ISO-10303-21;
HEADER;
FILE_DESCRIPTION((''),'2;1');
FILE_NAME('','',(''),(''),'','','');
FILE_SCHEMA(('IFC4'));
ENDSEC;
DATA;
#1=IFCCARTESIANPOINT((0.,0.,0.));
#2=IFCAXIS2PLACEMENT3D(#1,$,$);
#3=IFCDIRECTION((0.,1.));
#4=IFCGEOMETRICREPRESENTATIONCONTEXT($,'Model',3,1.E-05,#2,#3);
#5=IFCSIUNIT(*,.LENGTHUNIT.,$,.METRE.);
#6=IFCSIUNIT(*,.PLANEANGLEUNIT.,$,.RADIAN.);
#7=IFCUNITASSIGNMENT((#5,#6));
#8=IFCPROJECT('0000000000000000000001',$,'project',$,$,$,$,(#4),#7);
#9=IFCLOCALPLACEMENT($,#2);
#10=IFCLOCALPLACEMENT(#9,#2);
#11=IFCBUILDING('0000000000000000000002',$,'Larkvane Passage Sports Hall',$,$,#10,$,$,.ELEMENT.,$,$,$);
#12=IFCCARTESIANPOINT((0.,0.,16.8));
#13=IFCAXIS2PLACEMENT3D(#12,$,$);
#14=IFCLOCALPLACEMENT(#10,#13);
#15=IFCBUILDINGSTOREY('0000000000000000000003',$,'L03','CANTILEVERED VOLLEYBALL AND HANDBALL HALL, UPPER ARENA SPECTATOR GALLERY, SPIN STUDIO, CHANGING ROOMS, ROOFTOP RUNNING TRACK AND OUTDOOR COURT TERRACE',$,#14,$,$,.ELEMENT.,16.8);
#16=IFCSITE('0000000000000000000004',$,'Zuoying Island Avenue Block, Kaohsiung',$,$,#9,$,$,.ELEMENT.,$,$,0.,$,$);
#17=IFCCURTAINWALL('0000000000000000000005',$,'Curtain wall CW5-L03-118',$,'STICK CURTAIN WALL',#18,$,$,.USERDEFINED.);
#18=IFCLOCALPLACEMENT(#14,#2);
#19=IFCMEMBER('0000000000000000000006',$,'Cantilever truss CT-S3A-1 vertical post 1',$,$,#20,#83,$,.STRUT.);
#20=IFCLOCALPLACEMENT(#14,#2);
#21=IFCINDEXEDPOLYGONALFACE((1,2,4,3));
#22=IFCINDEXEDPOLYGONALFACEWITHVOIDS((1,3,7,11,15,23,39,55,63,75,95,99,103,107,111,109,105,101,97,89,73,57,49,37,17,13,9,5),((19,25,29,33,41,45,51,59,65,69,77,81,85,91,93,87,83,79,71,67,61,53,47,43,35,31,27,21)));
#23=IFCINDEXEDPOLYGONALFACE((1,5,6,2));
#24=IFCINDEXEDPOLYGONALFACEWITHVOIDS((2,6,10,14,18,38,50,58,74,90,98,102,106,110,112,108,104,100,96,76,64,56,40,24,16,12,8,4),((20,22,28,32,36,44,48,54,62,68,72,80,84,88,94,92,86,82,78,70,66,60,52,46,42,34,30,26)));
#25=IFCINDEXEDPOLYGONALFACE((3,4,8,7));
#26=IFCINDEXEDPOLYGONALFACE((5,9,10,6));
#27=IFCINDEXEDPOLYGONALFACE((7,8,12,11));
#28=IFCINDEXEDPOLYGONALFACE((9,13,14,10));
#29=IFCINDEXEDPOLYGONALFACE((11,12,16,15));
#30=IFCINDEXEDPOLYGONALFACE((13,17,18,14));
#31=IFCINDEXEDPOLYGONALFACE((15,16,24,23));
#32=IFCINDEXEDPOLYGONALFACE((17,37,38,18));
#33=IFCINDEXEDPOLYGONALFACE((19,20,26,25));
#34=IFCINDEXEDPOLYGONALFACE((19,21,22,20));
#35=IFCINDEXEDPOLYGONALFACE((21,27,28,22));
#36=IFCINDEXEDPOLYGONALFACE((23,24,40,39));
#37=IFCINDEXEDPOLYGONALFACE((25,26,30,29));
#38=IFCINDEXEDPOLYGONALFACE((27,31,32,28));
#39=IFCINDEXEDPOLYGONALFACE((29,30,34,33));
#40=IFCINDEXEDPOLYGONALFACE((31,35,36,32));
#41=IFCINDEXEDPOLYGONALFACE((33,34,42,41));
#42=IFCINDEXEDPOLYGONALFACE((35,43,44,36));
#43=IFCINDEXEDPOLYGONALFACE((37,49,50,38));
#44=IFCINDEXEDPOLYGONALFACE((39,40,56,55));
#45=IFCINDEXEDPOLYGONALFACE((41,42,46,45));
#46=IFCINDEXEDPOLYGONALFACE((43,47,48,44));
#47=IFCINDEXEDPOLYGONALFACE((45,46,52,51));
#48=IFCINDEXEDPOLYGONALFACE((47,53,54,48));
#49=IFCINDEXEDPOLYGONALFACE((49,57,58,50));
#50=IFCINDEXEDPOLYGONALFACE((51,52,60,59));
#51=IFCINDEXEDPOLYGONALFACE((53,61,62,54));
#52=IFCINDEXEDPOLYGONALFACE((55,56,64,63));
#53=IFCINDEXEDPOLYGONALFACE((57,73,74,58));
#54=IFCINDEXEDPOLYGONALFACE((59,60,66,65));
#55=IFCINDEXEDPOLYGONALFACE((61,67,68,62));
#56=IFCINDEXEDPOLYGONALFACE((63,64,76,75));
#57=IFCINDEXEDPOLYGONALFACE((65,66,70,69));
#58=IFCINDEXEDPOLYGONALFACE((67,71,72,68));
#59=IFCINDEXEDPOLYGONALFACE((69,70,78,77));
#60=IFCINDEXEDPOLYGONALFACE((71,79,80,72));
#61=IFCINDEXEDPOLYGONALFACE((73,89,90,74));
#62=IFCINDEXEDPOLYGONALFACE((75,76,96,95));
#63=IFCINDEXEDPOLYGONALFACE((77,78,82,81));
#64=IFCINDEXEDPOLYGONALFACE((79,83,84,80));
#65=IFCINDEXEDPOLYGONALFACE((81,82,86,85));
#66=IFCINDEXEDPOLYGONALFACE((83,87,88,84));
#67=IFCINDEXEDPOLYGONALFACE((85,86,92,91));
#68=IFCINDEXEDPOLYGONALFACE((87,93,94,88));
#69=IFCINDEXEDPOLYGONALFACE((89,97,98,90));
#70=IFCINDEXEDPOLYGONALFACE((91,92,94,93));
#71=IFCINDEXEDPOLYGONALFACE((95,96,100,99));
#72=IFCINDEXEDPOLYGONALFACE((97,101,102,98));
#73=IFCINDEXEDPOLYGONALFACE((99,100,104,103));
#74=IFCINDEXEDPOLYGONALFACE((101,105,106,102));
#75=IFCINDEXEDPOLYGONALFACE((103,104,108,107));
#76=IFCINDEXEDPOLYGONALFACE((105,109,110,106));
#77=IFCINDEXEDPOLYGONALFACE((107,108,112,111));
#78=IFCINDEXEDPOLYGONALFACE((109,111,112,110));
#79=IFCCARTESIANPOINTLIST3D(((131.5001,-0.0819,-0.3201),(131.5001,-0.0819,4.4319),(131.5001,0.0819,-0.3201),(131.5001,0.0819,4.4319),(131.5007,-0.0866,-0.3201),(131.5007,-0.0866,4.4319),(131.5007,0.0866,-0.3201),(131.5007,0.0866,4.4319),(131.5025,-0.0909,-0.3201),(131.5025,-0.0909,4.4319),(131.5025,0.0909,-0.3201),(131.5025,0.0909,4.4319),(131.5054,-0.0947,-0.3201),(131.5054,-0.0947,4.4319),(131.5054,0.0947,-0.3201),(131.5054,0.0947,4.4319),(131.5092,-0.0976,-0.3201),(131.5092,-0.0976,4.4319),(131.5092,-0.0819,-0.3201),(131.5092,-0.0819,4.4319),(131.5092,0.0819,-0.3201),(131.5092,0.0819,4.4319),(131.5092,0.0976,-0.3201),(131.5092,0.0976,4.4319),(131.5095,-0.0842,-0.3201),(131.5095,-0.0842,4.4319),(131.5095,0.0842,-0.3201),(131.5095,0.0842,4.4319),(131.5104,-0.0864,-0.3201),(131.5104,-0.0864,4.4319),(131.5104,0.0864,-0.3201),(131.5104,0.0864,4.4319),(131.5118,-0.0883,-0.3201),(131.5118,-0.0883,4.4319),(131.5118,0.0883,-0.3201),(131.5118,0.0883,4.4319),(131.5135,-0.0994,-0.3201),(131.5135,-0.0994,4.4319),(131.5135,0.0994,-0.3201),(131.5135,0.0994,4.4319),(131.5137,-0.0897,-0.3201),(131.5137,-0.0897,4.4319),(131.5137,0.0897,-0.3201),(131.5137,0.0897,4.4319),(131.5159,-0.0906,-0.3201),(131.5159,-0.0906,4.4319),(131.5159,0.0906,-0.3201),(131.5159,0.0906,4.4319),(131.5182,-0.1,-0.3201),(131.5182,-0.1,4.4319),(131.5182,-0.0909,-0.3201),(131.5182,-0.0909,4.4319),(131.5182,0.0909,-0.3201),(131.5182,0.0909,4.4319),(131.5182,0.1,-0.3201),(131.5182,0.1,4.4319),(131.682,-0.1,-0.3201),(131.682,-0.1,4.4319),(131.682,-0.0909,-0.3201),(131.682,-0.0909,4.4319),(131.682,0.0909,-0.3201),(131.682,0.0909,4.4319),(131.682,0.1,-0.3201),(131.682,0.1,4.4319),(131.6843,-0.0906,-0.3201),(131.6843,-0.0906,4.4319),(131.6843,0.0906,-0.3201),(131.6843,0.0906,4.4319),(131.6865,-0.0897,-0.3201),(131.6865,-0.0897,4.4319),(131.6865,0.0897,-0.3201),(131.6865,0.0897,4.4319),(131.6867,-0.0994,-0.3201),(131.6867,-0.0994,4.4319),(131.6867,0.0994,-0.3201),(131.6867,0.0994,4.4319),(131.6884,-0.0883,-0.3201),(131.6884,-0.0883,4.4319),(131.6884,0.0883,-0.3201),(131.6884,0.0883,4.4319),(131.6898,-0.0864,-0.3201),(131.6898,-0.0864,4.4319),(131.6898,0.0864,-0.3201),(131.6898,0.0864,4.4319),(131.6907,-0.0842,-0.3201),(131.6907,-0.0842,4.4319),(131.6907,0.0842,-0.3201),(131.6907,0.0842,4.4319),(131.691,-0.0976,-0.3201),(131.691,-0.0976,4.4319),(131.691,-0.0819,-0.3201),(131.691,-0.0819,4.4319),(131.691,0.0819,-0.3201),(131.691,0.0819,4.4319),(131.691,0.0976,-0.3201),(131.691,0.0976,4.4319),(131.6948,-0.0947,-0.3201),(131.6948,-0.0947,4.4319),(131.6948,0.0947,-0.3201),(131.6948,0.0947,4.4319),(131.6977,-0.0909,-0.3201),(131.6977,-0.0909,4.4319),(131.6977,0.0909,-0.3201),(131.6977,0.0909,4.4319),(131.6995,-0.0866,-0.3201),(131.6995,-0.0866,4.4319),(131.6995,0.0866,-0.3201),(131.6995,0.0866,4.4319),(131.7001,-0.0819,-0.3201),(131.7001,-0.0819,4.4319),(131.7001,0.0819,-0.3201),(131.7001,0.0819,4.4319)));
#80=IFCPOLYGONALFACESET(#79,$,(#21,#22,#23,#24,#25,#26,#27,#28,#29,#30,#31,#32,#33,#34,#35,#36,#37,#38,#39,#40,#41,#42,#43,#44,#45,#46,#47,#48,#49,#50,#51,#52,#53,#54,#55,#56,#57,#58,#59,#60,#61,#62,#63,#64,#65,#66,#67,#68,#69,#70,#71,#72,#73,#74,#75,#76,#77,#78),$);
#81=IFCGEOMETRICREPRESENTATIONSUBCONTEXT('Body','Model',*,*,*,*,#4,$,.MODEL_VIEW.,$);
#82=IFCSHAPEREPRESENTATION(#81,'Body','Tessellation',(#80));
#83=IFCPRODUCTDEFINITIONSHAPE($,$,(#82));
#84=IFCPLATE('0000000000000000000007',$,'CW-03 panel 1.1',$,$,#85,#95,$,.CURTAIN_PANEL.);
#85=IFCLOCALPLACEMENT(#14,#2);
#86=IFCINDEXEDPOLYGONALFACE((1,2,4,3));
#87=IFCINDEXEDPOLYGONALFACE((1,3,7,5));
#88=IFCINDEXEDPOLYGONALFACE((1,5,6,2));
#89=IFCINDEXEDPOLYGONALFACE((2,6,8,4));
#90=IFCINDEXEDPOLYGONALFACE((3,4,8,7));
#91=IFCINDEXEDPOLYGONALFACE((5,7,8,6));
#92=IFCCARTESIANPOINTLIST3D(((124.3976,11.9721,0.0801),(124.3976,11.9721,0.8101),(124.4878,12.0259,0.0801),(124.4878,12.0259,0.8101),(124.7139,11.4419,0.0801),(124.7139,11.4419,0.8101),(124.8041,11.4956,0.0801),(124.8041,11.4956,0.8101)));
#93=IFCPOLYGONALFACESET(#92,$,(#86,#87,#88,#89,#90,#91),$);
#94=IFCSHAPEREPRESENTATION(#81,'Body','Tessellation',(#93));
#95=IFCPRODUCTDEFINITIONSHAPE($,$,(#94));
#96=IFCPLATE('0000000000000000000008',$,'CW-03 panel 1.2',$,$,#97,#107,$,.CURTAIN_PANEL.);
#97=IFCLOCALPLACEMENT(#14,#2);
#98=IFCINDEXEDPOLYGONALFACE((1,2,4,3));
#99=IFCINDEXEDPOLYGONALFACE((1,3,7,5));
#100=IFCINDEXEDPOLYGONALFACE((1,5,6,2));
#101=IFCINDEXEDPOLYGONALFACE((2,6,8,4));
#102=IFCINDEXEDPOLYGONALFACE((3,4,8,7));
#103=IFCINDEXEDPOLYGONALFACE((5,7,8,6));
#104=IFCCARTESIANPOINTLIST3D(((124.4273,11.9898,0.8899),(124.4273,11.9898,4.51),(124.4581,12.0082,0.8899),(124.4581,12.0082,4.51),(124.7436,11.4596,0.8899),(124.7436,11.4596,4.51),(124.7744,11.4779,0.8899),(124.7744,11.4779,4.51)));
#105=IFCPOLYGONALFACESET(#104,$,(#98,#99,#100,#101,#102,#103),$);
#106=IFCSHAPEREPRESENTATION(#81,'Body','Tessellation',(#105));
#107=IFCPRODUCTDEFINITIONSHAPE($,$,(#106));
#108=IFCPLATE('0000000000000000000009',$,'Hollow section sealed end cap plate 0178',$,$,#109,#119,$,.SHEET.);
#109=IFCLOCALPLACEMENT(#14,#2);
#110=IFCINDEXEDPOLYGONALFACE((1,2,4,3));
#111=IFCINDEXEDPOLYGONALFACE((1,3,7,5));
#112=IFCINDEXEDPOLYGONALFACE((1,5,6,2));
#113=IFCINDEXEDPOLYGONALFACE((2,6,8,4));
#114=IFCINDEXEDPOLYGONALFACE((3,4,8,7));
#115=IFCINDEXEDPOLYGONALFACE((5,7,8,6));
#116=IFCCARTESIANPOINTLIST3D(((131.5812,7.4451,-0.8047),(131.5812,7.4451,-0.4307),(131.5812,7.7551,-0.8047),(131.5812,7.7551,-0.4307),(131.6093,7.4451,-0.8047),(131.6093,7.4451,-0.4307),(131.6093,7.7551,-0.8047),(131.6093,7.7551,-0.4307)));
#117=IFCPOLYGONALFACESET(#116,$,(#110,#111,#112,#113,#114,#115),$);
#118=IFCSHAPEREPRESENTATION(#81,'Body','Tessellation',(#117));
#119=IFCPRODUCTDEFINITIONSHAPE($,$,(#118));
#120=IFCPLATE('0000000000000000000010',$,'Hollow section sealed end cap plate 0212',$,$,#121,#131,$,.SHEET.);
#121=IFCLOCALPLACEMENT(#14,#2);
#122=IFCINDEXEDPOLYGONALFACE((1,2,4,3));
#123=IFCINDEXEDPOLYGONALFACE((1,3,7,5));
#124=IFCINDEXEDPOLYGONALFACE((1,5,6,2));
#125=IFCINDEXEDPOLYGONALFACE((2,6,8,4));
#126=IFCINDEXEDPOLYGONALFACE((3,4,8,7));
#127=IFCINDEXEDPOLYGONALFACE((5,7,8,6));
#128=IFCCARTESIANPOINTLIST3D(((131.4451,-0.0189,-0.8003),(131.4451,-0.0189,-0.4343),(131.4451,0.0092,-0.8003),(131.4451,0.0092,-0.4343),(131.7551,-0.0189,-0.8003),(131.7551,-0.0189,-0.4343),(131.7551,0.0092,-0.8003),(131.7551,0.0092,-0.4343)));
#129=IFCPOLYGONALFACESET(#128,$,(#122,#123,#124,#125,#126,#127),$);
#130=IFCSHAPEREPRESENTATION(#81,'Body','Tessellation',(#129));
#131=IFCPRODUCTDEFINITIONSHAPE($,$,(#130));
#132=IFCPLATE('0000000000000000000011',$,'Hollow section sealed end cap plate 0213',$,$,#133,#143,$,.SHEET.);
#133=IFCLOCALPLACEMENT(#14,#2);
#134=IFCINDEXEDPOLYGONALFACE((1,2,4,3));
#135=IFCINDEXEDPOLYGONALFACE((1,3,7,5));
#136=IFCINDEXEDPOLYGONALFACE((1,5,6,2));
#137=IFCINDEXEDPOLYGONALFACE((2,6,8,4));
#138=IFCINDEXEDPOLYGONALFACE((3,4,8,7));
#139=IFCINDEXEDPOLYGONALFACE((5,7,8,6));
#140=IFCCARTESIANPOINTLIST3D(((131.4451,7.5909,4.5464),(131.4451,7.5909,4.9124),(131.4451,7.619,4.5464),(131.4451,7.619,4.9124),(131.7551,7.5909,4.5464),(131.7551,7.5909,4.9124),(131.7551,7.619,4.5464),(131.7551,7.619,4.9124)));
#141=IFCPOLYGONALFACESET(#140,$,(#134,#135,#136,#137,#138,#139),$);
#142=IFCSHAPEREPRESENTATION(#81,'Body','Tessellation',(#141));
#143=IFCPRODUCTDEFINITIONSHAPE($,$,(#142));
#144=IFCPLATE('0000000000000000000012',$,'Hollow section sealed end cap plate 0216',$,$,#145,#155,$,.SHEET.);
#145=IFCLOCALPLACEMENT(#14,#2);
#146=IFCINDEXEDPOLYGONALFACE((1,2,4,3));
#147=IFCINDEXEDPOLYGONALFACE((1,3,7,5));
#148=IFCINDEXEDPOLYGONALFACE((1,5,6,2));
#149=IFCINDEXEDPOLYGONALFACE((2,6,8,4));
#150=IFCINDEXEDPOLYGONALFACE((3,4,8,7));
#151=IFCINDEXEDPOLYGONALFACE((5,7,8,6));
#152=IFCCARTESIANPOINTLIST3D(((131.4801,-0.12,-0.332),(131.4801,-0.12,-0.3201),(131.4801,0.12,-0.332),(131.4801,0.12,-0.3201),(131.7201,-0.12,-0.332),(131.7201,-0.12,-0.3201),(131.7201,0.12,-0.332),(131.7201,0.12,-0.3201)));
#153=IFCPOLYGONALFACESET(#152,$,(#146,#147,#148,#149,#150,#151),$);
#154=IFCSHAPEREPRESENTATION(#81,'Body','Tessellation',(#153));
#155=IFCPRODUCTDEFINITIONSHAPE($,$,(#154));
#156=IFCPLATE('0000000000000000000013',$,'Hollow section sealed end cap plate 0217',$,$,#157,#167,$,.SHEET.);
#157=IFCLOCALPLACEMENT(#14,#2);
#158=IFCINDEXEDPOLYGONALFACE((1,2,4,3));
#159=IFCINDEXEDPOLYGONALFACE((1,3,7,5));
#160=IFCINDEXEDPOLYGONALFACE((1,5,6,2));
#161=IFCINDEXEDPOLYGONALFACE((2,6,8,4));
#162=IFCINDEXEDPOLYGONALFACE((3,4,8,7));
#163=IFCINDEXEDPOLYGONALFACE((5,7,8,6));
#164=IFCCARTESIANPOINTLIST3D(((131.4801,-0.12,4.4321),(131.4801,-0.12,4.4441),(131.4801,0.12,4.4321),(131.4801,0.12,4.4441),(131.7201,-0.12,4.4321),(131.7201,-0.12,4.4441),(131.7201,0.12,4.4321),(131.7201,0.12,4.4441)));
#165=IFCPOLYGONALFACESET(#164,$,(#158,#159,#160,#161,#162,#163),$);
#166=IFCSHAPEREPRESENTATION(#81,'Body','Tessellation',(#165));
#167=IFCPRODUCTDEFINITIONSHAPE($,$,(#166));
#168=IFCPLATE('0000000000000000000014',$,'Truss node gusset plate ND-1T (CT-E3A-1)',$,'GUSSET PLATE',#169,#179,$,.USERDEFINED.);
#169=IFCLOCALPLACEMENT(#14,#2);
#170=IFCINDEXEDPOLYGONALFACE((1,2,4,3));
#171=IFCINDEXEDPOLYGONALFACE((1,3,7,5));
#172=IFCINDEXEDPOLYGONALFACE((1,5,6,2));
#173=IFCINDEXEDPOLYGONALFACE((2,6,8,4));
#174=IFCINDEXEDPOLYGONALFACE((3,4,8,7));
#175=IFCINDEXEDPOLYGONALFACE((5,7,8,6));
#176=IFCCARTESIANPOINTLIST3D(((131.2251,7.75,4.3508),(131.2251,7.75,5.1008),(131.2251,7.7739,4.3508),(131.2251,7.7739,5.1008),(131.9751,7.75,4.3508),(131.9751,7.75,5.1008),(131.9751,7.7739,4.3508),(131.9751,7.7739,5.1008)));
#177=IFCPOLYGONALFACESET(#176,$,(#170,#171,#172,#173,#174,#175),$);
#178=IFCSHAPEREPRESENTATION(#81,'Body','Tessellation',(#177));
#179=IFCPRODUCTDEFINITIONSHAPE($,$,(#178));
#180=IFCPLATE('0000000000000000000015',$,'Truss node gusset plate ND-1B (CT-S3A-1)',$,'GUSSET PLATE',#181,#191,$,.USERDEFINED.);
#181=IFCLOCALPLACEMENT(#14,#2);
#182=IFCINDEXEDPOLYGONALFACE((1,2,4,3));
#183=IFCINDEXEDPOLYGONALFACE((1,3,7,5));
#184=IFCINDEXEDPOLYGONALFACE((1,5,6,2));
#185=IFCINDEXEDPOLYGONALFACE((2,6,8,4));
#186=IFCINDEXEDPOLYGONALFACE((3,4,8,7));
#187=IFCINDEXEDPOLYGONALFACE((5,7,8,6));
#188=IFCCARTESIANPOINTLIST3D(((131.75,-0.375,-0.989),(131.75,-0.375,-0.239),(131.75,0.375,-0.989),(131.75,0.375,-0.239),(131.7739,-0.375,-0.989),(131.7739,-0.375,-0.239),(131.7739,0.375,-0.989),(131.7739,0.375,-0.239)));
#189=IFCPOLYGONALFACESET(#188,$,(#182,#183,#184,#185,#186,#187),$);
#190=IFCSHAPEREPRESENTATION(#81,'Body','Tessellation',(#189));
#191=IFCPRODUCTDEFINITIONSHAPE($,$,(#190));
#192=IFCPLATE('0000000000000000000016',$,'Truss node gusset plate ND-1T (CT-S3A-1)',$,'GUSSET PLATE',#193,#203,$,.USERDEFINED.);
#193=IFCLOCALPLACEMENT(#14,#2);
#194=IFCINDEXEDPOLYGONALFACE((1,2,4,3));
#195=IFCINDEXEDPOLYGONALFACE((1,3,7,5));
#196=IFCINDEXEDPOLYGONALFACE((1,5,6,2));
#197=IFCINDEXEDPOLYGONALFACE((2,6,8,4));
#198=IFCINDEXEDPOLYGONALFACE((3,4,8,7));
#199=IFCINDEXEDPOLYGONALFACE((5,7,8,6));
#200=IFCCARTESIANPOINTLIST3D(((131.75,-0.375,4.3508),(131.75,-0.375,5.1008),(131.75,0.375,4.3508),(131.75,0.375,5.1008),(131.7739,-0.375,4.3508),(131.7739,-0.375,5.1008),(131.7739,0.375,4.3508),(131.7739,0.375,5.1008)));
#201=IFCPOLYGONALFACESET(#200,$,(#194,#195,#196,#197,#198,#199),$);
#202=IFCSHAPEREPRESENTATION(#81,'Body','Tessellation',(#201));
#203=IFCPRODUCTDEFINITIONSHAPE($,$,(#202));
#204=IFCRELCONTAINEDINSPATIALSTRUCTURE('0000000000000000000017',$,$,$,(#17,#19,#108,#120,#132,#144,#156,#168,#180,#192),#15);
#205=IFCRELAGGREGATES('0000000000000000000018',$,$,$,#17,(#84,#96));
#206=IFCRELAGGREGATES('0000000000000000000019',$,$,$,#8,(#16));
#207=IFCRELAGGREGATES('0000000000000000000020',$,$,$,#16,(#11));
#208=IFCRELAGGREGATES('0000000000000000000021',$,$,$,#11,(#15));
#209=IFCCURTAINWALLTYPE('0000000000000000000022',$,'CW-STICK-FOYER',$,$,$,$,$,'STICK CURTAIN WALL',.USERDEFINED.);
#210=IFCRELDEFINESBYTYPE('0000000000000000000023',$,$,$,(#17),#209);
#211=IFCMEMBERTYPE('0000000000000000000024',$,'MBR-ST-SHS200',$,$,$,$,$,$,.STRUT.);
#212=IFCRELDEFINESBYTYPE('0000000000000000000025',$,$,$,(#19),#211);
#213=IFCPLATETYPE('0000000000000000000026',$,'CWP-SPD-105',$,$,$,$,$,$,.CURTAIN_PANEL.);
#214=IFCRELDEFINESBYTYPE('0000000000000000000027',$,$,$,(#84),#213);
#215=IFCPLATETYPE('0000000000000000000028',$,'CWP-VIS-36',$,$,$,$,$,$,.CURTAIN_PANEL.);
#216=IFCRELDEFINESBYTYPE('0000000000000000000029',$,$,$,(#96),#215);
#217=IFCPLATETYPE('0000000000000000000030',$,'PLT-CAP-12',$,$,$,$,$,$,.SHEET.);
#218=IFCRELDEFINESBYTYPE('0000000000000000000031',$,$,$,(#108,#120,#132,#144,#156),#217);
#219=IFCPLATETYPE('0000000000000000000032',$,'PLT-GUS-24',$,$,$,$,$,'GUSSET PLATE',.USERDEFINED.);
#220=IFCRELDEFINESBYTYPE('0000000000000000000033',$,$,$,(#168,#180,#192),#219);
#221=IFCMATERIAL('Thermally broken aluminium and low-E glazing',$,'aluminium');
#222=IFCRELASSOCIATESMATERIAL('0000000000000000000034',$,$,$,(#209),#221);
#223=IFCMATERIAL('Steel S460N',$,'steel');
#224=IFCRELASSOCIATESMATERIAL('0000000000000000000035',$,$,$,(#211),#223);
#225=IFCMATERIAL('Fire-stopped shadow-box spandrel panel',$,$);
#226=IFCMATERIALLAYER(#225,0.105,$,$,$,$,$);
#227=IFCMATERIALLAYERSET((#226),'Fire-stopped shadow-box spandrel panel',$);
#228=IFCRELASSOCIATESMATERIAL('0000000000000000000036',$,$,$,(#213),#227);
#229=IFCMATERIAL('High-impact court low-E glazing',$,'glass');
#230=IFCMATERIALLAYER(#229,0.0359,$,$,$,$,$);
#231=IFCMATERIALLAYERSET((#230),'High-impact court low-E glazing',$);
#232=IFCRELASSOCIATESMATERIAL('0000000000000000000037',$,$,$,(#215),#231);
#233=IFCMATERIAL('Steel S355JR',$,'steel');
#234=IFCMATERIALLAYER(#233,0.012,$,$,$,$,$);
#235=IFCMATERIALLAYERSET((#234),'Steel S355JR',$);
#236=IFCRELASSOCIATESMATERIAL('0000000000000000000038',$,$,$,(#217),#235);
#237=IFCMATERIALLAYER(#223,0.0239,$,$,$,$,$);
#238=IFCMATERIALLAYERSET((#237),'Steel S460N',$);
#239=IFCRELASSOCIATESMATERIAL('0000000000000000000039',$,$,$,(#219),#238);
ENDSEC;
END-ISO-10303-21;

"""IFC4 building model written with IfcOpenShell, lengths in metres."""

from ifc_helpers import new_model, si_unit, direction, frame, origin, origin_2d, place, context, subcontext, project, spatial, rectangle, hollow_rectangle, extrude, material, layer, layer_set, material_profile, profile_set, type_object, element, aggregate, save


model = new_model("IFC4")

# Units and contexts
model_context = context("Model", 3, precision=1e-05, world=origin(), true_north=direction((0.0, 1.0)))
body_context = subcontext(model_context, "Body", "Model", "MODEL_VIEW")
ifc_project = project(units=[si_unit("LENGTHUNIT", "METRE"), si_unit("PLANEANGLEUNIT", "RADIAN")], contexts=[model_context])

# Site, building, storey
site_placement = place(None, origin())
site = spatial("IfcSite", under=ifc_project, at=site_placement, Name="Zuoying Island Avenue Block, Kaohsiung", CompositionType="ELEMENT", RefElevation=0.0)
building_placement = place(site_placement, origin())
building = spatial("IfcBuilding", under=site, at=building_placement, Name="Larkvane Passage Sports Hall", CompositionType="ELEMENT")
storey_placement = place(building_placement, frame((0.0, 0.0, 16.8)))
storey = spatial("IfcBuildingStorey", under=building, at=storey_placement, Name="L03", Description="CANTILEVERED VOLLEYBALL AND HANDBALL HALL, UPPER ARENA SPECTATOR GALLERY, SPIN STUDIO, CHANGING ROOMS, ROOFTOP RUNNING TRACK AND OUTDOOR COURT TERRACE", CompositionType="ELEMENT", Elevation=16.8)

# Shared definitions
ifc_material_1 = material(Name="Steel S355JR", Category="steel")
ifc_material_2 = material(Name="Steel S460N", Category="steel")

# Curtain wall
ifc_material_3 = material(Name="Thermally broken aluminium and low-E glazing", Category="aluminium")
curtain_wall_type = type_object("IfcCurtainWallType", Name="CW-STICK-FOYER", ElementType="STICK CURTAIN WALL", PredefinedType="USERDEFINED", material=ifc_material_3)
curtain_wall_placement = place(storey_placement, origin())
curtain_wall = element("IfcCurtainWall", 1, at=curtain_wall_placement, inside=storey, type_object=curtain_wall_type, Name="Curtain wall CW5-L03-118", ObjectType="STICK CURTAIN WALL", PredefinedType="USERDEFINED")

# Member
ifc_material_profile_1 = material_profile(ifc_material_2, hollow_rectangle(XDim=0.2, YDim=0.2, WallThickness=0.009, InnerFilletRadius=0.009, OuterFilletRadius=0.0181, at=origin_2d()), Name="SHS-200x200x9")
ifc_profile_set_1 = profile_set([ifc_material_profile_1], Name="Steel S460N")
member_type_1 = type_object("IfcMemberType", Name="MBR-ST-SHS200", PredefinedType="STRUT", material=ifc_profile_set_1)
member_1_placement = place(storey_placement, frame((131.6001, 0.0, -0.3201), z_axis=(0.0, 0.0, 1.0), x_axis=(1.0, 0.0, 0.0)))
element("IfcMember", 2, at=member_1_placement, inside=storey, type_object=member_type_1, Name="Cantilever truss CT-S3A-1 vertical post 1", PredefinedType="STRUT", context=body_context, shape_type="SweptSolid", body=[
    extrude(hollow_rectangle(XDim=0.2, YDim=0.2, WallThickness=0.009, InnerFilletRadius=0.009, OuterFilletRadius=0.0181, at=origin_2d()), origin(), (0.0, 0.0, 1.0), 4.752),
])

# Plates
ifc_material_4 = material(Name="Fire-stopped shadow-box spandrel panel")
ifc_layer_1 = layer(ifc_material_4, 0.105)
ifc_layer_set_1 = layer_set([ifc_layer_1], Name="Fire-stopped shadow-box spandrel panel")
plate_type_1 = type_object("IfcPlateType", Name="CWP-SPD-105", PredefinedType="CURTAIN_PANEL", material=ifc_layer_set_1)
plate_1_placement = place(storey_placement, frame((124.6008, 11.7339, 0.0801), z_axis=(0.0, 0.0, 1.0), x_axis=(-0.512278, 0.85882, 0.0)))
plate_1 = element("IfcPlate", 3, at=plate_1_placement, type_object=plate_type_1, Name="CW-03 panel 1.1", PredefinedType="CURTAIN_PANEL", context=body_context, shape_type="SweptSolid", body=[
    extrude(rectangle(XDim=0.6174, YDim=0.105, at=origin_2d()), origin(), (0.0, 0.0, 1.0), 0.73),
])
ifc_material_5 = material(Name="High-impact court low-E glazing", Category="glass")
ifc_layer_2 = layer(ifc_material_5, 0.0359)
ifc_layer_set_2 = layer_set([ifc_layer_2], Name="High-impact court low-E glazing")
plate_type_2 = type_object("IfcPlateType", Name="CWP-VIS-36", PredefinedType="CURTAIN_PANEL", material=ifc_layer_set_2)
plate_2_placement = place(storey_placement, frame((124.6008, 11.7339, 0.8899), z_axis=(0.0, 0.0, 1.0), x_axis=(-0.512278, 0.85882, 0.0)))
plate_2 = element("IfcPlate", 4, at=plate_2_placement, type_object=plate_type_2, Name="CW-03 panel 1.2", PredefinedType="CURTAIN_PANEL", context=body_context, shape_type="SweptSolid", body=[
    extrude(rectangle(XDim=0.6174, YDim=0.0359, at=origin_2d()), origin(), (0.0, 0.0, 1.0), 3.6201),
])
aggregate(curtain_wall, [plate_1, plate_2])

# Plates
ifc_layer_3 = layer(ifc_material_1, 0.012)
ifc_layer_set_3 = layer_set([ifc_layer_3], Name="Steel S355JR")
plate_type_3 = type_object("IfcPlateType", Name="PLT-CAP-12", PredefinedType="SHEET", material=ifc_layer_set_3)
plate_3_placement = place(storey_placement, frame((131.5952, 7.6001, -0.8047), z_axis=(0.0, 0.0, 1.0), x_axis=(0.0, 1.0, 0.0)))
element("IfcPlate", 5, at=plate_3_placement, inside=storey, type_object=plate_type_3, Name="Hollow section sealed end cap plate 0178", PredefinedType="SHEET", context=body_context, shape_type="SweptSolid", body=[
    extrude(rectangle(XDim=0.3101, YDim=0.0281, at=origin_2d()), origin(), (0.0, 0.0, 1.0), 0.374),
])
for number, where, z_axis, x_axis, name in (
    (6, (131.6001, -0.0049, -0.8003), (0.0, 0.0, 1.0), (-1.0, 0.0, 0.0), "Hollow section sealed end cap plate 0212"),
    (7, (131.6001, 7.605, 4.5464), (0.0, 0.0, 1.0), (-1.0, 0.0, 0.0), "Hollow section sealed end cap plate 0213"),
):
    element("IfcPlate", number, at=place(storey_placement, frame(where, z_axis=z_axis, x_axis=x_axis)), inside=storey, type_object=plate_type_3, Name=name, PredefinedType="SHEET", context=body_context, shape_type="SweptSolid", body=[
        extrude(rectangle(XDim=0.3101, YDim=0.0281, at=origin_2d()), origin(), (0.0, 0.0, 1.0), 0.366),
    ])
for number, where, z_axis, x_axis, name in (
    (8, (131.6001, 0.0, -0.332), (0.0, 0.0, 1.0), (1.0, 0.0, 0.0), "Hollow section sealed end cap plate 0216"),
    (9, (131.6001, 0.0, 4.4321), (0.0, 0.0, 1.0), (1.0, 0.0, 0.0), "Hollow section sealed end cap plate 0217"),
):
    element("IfcPlate", number, at=place(storey_placement, frame(where, z_axis=z_axis, x_axis=x_axis)), inside=storey, type_object=plate_type_3, Name=name, PredefinedType="SHEET", context=body_context, shape_type="SweptSolid", body=[
        extrude(rectangle(XDim=0.24, YDim=0.24, at=origin_2d()), origin(), (0.0, 0.0, 1.0), 0.012),
    ])
ifc_layer_4 = layer(ifc_material_2, 0.0239)
ifc_layer_set_4 = layer_set([ifc_layer_4], Name="Steel S460N")
plate_type_4 = type_object("IfcPlateType", Name="PLT-GUS-24", ElementType="GUSSET PLATE", PredefinedType="USERDEFINED", material=ifc_layer_set_4)
for number, where, z_axis, x_axis, name in (
    (10, (131.6001, 7.762, 4.3508), (0.0, 0.0, 1.0), (1.0, 0.0, 0.0), "Truss node gusset plate ND-1T (CT-E3A-1)"),
    (11, (131.762, 0.0, -0.989), (0.0, 0.0, 1.0), (0.0, 1.0, 0.0), "Truss node gusset plate ND-1B (CT-S3A-1)"),
    (12, (131.762, 0.0, 4.3508), (0.0, 0.0, 1.0), (0.0, 1.0, 0.0), "Truss node gusset plate ND-1T (CT-S3A-1)"),
):
    element("IfcPlate", number, at=place(storey_placement, frame(where, z_axis=z_axis, x_axis=x_axis)), inside=storey, type_object=plate_type_4, Name=name, ObjectType="GUSSET PLATE", PredefinedType="USERDEFINED", context=body_context, shape_type="SweptSolid", body=[
        extrude(rectangle(XDim=0.75, YDim=0.0239, at=origin_2d()), origin(), (0.0, 0.0, 1.0), 0.75),
    ])

save(model, "model.ifc")
